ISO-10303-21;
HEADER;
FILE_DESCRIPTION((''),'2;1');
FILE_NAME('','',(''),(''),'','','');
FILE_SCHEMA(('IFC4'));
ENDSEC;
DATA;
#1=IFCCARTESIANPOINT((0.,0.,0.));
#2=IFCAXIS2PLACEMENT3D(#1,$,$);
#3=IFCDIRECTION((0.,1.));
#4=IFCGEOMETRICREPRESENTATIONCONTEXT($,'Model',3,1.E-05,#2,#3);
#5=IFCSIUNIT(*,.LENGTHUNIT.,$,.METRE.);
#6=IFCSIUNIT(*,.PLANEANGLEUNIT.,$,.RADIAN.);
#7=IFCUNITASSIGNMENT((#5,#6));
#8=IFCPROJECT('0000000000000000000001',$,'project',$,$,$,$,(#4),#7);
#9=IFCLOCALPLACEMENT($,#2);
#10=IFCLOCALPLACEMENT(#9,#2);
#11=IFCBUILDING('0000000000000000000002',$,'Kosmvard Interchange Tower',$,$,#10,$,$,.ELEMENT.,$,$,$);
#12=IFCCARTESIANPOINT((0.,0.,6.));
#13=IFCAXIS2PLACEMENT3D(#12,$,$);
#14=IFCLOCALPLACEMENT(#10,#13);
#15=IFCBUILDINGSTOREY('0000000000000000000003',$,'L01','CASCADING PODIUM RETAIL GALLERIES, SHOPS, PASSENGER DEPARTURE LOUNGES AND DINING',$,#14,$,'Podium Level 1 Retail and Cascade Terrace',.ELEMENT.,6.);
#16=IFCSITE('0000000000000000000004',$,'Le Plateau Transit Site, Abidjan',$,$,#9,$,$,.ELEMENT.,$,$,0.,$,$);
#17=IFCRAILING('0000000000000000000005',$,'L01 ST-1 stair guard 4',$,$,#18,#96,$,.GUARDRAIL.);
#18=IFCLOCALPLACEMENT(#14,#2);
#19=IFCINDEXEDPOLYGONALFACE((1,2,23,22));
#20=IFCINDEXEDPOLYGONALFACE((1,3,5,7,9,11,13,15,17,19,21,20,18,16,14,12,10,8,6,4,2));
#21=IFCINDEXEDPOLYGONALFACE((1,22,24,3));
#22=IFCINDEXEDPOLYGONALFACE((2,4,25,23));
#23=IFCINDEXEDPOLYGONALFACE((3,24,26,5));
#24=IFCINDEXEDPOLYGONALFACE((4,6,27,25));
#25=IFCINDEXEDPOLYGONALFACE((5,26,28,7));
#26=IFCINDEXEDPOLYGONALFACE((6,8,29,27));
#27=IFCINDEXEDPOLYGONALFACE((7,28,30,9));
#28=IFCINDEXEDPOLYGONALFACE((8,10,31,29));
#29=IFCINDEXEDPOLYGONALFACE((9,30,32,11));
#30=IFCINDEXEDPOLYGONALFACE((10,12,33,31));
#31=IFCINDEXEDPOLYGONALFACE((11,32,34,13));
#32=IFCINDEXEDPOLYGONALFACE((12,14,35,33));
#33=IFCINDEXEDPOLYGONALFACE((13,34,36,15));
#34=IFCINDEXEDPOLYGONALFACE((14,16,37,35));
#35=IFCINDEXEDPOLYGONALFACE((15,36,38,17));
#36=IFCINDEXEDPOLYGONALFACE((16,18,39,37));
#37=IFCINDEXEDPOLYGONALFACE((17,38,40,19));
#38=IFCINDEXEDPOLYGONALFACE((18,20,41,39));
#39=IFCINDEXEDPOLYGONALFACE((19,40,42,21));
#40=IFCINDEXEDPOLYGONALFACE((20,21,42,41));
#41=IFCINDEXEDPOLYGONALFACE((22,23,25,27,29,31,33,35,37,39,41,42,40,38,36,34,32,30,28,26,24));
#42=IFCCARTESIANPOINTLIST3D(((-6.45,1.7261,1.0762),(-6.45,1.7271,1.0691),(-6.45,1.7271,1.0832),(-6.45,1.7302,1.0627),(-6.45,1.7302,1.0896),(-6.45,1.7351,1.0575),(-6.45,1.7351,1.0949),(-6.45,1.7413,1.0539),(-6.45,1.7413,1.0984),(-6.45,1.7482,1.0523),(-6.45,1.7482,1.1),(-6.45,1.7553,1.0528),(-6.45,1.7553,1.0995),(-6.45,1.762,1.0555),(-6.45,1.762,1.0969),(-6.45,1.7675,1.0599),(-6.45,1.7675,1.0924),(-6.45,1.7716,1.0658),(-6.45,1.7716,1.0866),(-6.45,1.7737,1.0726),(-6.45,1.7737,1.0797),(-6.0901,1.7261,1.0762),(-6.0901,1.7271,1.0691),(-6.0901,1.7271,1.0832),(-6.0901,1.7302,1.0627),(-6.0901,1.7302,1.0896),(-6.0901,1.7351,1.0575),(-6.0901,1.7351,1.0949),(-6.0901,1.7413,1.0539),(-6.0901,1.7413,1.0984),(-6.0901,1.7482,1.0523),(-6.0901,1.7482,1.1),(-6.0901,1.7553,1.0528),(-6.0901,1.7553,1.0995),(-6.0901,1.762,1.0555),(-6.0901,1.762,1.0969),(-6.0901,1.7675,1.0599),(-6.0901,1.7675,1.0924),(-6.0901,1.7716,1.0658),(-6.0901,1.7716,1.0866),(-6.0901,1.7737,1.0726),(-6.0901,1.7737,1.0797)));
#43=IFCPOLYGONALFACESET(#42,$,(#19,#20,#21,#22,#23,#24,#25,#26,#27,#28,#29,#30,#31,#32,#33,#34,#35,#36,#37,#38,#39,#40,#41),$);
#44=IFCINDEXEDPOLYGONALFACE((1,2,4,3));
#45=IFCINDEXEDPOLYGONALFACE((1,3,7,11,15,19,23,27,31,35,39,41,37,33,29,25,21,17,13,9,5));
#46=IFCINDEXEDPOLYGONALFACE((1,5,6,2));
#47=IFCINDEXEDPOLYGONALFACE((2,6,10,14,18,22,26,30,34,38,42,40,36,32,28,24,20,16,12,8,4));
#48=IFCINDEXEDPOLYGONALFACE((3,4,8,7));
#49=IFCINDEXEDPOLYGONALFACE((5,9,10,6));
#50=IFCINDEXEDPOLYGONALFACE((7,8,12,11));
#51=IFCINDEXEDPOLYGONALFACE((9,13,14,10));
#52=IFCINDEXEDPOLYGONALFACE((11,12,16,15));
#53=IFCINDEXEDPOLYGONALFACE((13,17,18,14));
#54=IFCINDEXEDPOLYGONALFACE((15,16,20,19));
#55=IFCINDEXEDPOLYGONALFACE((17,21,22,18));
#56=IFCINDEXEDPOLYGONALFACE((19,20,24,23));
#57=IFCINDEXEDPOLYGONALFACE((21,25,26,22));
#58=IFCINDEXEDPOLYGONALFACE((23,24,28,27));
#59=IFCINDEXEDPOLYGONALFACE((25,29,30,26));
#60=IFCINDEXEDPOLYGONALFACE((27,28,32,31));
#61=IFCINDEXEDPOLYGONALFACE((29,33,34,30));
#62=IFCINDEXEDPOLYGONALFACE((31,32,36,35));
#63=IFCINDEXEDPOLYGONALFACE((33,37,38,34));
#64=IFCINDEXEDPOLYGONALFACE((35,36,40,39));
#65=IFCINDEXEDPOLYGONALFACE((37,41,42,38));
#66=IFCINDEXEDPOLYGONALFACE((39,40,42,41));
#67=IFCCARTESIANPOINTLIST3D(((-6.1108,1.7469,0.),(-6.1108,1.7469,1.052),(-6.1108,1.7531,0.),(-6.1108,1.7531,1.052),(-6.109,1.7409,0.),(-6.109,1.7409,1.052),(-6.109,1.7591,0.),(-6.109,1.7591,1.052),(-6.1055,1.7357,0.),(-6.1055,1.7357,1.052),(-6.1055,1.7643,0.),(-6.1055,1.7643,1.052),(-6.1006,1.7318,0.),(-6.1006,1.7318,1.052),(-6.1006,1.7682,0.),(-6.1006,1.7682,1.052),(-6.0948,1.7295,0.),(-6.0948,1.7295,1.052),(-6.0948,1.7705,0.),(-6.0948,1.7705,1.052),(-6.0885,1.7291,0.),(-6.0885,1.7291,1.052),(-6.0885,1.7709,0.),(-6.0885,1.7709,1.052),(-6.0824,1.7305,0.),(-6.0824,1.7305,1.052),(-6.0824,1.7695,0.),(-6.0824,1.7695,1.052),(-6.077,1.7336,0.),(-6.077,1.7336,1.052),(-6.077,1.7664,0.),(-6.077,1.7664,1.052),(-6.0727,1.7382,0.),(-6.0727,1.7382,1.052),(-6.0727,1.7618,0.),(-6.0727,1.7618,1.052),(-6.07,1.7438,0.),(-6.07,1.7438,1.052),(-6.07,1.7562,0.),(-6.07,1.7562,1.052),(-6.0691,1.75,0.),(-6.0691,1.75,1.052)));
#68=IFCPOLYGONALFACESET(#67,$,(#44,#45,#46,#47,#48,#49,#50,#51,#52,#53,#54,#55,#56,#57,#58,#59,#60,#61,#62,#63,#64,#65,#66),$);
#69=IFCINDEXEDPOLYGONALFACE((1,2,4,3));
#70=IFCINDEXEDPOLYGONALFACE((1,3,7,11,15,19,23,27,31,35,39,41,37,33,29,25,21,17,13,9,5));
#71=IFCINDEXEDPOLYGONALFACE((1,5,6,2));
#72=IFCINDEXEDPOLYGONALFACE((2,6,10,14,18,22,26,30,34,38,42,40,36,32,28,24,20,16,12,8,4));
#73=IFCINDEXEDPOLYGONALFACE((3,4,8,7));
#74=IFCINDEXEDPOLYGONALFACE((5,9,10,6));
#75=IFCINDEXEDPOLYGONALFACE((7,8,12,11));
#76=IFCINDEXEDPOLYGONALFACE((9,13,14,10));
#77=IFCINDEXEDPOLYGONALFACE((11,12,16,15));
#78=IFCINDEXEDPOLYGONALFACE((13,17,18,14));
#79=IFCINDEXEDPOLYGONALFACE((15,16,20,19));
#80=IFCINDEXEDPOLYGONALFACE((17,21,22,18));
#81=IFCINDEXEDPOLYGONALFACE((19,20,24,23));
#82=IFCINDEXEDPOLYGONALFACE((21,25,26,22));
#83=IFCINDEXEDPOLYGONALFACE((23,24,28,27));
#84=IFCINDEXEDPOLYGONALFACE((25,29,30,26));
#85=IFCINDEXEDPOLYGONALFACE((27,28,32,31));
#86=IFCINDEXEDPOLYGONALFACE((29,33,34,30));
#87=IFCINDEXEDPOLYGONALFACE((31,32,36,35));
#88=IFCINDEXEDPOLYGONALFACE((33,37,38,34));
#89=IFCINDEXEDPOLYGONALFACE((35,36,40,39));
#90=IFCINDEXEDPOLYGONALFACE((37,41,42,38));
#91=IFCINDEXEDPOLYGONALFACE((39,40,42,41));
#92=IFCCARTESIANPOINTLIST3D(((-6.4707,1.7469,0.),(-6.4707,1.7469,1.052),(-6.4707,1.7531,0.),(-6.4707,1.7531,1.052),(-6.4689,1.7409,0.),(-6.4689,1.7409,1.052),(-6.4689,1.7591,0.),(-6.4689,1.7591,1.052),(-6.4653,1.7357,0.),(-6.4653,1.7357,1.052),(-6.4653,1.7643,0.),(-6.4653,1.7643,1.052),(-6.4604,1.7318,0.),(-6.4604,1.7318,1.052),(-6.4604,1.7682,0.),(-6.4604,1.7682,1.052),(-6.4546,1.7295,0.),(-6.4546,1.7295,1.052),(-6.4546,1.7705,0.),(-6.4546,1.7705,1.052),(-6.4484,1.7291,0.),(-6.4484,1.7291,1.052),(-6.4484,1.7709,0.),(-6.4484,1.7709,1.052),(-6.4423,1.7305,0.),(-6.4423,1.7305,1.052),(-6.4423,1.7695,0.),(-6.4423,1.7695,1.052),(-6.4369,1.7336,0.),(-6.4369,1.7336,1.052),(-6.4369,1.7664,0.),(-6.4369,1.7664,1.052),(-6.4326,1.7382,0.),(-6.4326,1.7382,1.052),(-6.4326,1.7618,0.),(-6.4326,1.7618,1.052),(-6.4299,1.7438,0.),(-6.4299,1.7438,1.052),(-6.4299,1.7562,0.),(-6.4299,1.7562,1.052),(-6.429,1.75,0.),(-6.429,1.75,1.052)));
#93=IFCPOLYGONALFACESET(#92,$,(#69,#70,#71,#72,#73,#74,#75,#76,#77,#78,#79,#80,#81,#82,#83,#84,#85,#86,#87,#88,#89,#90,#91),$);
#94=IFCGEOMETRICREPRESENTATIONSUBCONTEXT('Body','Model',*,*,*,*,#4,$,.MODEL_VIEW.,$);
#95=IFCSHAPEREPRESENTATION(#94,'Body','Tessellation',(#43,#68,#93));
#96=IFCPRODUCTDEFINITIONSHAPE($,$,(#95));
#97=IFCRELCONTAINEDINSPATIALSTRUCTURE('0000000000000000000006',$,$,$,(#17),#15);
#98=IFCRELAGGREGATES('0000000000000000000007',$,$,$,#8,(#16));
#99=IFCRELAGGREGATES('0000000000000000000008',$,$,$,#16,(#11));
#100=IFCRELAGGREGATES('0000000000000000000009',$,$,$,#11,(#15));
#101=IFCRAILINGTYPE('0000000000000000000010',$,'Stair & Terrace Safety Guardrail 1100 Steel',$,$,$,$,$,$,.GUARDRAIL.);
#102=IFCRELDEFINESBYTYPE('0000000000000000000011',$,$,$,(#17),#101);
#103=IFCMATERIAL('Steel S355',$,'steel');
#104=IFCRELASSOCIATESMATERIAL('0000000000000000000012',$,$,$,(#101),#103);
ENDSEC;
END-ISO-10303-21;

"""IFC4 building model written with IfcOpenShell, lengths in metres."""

from ifc_helpers import new_model, si_unit, direction, frame, origin, origin_2d, place, context, subcontext, project, spatial, circle, extrude, source, transform, mapped, material, type_object, element, save


model = new_model("IFC4")

# Units and contexts
model_context = context("Model", 3, precision=1e-05, world=origin(), true_north=direction((0.0, 1.0)))
body_context = subcontext(model_context, "Body", "Model", "MODEL_VIEW")
ifc_project = project(units=[si_unit("LENGTHUNIT", "METRE"), si_unit("PLANEANGLEUNIT", "RADIAN")], contexts=[model_context])

# Site, building, storey
site_placement = place(None, origin())
site = spatial("IfcSite", under=ifc_project, at=site_placement, Name="Le Plateau Transit Site, Abidjan", CompositionType="ELEMENT", RefElevation=0.0)
building_placement = place(site_placement, origin())
building = spatial("IfcBuilding", under=site, at=building_placement, Name="Kosmvard Interchange Tower", CompositionType="ELEMENT")
storey_placement = place(building_placement, frame((0.0, 0.0, 6.0)))
storey = spatial("IfcBuildingStorey", under=building, at=storey_placement, Name="L01", Description="CASCADING PODIUM RETAIL GALLERIES, SHOPS, PASSENGER DEPARTURE LOUNGES AND DINING", LongName="Podium Level 1 Retail and Cascade Terrace", CompositionType="ELEMENT", Elevation=6.0)

# Shared definitions
ifc_material_1 = material(Name="Steel S355", Category="steel")

# Railing
railing_type_1 = type_object("IfcRailingType", Name="Stair & Terrace Safety Guardrail 1100 Steel", PredefinedType="GUARDRAIL", material=ifc_material_1)
shared_shape_1 = source(origin(), body_context, "Body", "SweptSolid", [
    extrude(circle(Radius=0.0239, at=origin_2d()), frame((0.0, 0.0, 1.0762), z_axis=(-1.0, 0.0, 0.0), x_axis=(0.0, -1.0, 0.0)), (0.0, 0.0, 1.0), 0.3599),
    extrude(circle(Radius=0.021, at=origin_2d()), origin(), (0.0, 0.0, 1.0), 1.052),
    extrude(circle(Radius=0.021, at=origin_2d()), frame((-0.3599, 0.0, 0.0)), (0.0, 0.0, 1.0), 1.052),
])
for number, where, name in (
    (1, (-6.0901, 1.75, 0.0), "L01 ST-1 stair guard 4"),
):
    element("IfcRailing", number, at=place(storey_placement, frame(where)), inside=storey, type_object=railing_type_1, Name=name, PredefinedType="GUARDRAIL", context=body_context, shape_type="MappedRepresentation", body=[
        mapped(shared_shape_1, transform((0.0, 0.0, 0.0), scale=1.0)),
    ])

save(model, "model.ifc")
